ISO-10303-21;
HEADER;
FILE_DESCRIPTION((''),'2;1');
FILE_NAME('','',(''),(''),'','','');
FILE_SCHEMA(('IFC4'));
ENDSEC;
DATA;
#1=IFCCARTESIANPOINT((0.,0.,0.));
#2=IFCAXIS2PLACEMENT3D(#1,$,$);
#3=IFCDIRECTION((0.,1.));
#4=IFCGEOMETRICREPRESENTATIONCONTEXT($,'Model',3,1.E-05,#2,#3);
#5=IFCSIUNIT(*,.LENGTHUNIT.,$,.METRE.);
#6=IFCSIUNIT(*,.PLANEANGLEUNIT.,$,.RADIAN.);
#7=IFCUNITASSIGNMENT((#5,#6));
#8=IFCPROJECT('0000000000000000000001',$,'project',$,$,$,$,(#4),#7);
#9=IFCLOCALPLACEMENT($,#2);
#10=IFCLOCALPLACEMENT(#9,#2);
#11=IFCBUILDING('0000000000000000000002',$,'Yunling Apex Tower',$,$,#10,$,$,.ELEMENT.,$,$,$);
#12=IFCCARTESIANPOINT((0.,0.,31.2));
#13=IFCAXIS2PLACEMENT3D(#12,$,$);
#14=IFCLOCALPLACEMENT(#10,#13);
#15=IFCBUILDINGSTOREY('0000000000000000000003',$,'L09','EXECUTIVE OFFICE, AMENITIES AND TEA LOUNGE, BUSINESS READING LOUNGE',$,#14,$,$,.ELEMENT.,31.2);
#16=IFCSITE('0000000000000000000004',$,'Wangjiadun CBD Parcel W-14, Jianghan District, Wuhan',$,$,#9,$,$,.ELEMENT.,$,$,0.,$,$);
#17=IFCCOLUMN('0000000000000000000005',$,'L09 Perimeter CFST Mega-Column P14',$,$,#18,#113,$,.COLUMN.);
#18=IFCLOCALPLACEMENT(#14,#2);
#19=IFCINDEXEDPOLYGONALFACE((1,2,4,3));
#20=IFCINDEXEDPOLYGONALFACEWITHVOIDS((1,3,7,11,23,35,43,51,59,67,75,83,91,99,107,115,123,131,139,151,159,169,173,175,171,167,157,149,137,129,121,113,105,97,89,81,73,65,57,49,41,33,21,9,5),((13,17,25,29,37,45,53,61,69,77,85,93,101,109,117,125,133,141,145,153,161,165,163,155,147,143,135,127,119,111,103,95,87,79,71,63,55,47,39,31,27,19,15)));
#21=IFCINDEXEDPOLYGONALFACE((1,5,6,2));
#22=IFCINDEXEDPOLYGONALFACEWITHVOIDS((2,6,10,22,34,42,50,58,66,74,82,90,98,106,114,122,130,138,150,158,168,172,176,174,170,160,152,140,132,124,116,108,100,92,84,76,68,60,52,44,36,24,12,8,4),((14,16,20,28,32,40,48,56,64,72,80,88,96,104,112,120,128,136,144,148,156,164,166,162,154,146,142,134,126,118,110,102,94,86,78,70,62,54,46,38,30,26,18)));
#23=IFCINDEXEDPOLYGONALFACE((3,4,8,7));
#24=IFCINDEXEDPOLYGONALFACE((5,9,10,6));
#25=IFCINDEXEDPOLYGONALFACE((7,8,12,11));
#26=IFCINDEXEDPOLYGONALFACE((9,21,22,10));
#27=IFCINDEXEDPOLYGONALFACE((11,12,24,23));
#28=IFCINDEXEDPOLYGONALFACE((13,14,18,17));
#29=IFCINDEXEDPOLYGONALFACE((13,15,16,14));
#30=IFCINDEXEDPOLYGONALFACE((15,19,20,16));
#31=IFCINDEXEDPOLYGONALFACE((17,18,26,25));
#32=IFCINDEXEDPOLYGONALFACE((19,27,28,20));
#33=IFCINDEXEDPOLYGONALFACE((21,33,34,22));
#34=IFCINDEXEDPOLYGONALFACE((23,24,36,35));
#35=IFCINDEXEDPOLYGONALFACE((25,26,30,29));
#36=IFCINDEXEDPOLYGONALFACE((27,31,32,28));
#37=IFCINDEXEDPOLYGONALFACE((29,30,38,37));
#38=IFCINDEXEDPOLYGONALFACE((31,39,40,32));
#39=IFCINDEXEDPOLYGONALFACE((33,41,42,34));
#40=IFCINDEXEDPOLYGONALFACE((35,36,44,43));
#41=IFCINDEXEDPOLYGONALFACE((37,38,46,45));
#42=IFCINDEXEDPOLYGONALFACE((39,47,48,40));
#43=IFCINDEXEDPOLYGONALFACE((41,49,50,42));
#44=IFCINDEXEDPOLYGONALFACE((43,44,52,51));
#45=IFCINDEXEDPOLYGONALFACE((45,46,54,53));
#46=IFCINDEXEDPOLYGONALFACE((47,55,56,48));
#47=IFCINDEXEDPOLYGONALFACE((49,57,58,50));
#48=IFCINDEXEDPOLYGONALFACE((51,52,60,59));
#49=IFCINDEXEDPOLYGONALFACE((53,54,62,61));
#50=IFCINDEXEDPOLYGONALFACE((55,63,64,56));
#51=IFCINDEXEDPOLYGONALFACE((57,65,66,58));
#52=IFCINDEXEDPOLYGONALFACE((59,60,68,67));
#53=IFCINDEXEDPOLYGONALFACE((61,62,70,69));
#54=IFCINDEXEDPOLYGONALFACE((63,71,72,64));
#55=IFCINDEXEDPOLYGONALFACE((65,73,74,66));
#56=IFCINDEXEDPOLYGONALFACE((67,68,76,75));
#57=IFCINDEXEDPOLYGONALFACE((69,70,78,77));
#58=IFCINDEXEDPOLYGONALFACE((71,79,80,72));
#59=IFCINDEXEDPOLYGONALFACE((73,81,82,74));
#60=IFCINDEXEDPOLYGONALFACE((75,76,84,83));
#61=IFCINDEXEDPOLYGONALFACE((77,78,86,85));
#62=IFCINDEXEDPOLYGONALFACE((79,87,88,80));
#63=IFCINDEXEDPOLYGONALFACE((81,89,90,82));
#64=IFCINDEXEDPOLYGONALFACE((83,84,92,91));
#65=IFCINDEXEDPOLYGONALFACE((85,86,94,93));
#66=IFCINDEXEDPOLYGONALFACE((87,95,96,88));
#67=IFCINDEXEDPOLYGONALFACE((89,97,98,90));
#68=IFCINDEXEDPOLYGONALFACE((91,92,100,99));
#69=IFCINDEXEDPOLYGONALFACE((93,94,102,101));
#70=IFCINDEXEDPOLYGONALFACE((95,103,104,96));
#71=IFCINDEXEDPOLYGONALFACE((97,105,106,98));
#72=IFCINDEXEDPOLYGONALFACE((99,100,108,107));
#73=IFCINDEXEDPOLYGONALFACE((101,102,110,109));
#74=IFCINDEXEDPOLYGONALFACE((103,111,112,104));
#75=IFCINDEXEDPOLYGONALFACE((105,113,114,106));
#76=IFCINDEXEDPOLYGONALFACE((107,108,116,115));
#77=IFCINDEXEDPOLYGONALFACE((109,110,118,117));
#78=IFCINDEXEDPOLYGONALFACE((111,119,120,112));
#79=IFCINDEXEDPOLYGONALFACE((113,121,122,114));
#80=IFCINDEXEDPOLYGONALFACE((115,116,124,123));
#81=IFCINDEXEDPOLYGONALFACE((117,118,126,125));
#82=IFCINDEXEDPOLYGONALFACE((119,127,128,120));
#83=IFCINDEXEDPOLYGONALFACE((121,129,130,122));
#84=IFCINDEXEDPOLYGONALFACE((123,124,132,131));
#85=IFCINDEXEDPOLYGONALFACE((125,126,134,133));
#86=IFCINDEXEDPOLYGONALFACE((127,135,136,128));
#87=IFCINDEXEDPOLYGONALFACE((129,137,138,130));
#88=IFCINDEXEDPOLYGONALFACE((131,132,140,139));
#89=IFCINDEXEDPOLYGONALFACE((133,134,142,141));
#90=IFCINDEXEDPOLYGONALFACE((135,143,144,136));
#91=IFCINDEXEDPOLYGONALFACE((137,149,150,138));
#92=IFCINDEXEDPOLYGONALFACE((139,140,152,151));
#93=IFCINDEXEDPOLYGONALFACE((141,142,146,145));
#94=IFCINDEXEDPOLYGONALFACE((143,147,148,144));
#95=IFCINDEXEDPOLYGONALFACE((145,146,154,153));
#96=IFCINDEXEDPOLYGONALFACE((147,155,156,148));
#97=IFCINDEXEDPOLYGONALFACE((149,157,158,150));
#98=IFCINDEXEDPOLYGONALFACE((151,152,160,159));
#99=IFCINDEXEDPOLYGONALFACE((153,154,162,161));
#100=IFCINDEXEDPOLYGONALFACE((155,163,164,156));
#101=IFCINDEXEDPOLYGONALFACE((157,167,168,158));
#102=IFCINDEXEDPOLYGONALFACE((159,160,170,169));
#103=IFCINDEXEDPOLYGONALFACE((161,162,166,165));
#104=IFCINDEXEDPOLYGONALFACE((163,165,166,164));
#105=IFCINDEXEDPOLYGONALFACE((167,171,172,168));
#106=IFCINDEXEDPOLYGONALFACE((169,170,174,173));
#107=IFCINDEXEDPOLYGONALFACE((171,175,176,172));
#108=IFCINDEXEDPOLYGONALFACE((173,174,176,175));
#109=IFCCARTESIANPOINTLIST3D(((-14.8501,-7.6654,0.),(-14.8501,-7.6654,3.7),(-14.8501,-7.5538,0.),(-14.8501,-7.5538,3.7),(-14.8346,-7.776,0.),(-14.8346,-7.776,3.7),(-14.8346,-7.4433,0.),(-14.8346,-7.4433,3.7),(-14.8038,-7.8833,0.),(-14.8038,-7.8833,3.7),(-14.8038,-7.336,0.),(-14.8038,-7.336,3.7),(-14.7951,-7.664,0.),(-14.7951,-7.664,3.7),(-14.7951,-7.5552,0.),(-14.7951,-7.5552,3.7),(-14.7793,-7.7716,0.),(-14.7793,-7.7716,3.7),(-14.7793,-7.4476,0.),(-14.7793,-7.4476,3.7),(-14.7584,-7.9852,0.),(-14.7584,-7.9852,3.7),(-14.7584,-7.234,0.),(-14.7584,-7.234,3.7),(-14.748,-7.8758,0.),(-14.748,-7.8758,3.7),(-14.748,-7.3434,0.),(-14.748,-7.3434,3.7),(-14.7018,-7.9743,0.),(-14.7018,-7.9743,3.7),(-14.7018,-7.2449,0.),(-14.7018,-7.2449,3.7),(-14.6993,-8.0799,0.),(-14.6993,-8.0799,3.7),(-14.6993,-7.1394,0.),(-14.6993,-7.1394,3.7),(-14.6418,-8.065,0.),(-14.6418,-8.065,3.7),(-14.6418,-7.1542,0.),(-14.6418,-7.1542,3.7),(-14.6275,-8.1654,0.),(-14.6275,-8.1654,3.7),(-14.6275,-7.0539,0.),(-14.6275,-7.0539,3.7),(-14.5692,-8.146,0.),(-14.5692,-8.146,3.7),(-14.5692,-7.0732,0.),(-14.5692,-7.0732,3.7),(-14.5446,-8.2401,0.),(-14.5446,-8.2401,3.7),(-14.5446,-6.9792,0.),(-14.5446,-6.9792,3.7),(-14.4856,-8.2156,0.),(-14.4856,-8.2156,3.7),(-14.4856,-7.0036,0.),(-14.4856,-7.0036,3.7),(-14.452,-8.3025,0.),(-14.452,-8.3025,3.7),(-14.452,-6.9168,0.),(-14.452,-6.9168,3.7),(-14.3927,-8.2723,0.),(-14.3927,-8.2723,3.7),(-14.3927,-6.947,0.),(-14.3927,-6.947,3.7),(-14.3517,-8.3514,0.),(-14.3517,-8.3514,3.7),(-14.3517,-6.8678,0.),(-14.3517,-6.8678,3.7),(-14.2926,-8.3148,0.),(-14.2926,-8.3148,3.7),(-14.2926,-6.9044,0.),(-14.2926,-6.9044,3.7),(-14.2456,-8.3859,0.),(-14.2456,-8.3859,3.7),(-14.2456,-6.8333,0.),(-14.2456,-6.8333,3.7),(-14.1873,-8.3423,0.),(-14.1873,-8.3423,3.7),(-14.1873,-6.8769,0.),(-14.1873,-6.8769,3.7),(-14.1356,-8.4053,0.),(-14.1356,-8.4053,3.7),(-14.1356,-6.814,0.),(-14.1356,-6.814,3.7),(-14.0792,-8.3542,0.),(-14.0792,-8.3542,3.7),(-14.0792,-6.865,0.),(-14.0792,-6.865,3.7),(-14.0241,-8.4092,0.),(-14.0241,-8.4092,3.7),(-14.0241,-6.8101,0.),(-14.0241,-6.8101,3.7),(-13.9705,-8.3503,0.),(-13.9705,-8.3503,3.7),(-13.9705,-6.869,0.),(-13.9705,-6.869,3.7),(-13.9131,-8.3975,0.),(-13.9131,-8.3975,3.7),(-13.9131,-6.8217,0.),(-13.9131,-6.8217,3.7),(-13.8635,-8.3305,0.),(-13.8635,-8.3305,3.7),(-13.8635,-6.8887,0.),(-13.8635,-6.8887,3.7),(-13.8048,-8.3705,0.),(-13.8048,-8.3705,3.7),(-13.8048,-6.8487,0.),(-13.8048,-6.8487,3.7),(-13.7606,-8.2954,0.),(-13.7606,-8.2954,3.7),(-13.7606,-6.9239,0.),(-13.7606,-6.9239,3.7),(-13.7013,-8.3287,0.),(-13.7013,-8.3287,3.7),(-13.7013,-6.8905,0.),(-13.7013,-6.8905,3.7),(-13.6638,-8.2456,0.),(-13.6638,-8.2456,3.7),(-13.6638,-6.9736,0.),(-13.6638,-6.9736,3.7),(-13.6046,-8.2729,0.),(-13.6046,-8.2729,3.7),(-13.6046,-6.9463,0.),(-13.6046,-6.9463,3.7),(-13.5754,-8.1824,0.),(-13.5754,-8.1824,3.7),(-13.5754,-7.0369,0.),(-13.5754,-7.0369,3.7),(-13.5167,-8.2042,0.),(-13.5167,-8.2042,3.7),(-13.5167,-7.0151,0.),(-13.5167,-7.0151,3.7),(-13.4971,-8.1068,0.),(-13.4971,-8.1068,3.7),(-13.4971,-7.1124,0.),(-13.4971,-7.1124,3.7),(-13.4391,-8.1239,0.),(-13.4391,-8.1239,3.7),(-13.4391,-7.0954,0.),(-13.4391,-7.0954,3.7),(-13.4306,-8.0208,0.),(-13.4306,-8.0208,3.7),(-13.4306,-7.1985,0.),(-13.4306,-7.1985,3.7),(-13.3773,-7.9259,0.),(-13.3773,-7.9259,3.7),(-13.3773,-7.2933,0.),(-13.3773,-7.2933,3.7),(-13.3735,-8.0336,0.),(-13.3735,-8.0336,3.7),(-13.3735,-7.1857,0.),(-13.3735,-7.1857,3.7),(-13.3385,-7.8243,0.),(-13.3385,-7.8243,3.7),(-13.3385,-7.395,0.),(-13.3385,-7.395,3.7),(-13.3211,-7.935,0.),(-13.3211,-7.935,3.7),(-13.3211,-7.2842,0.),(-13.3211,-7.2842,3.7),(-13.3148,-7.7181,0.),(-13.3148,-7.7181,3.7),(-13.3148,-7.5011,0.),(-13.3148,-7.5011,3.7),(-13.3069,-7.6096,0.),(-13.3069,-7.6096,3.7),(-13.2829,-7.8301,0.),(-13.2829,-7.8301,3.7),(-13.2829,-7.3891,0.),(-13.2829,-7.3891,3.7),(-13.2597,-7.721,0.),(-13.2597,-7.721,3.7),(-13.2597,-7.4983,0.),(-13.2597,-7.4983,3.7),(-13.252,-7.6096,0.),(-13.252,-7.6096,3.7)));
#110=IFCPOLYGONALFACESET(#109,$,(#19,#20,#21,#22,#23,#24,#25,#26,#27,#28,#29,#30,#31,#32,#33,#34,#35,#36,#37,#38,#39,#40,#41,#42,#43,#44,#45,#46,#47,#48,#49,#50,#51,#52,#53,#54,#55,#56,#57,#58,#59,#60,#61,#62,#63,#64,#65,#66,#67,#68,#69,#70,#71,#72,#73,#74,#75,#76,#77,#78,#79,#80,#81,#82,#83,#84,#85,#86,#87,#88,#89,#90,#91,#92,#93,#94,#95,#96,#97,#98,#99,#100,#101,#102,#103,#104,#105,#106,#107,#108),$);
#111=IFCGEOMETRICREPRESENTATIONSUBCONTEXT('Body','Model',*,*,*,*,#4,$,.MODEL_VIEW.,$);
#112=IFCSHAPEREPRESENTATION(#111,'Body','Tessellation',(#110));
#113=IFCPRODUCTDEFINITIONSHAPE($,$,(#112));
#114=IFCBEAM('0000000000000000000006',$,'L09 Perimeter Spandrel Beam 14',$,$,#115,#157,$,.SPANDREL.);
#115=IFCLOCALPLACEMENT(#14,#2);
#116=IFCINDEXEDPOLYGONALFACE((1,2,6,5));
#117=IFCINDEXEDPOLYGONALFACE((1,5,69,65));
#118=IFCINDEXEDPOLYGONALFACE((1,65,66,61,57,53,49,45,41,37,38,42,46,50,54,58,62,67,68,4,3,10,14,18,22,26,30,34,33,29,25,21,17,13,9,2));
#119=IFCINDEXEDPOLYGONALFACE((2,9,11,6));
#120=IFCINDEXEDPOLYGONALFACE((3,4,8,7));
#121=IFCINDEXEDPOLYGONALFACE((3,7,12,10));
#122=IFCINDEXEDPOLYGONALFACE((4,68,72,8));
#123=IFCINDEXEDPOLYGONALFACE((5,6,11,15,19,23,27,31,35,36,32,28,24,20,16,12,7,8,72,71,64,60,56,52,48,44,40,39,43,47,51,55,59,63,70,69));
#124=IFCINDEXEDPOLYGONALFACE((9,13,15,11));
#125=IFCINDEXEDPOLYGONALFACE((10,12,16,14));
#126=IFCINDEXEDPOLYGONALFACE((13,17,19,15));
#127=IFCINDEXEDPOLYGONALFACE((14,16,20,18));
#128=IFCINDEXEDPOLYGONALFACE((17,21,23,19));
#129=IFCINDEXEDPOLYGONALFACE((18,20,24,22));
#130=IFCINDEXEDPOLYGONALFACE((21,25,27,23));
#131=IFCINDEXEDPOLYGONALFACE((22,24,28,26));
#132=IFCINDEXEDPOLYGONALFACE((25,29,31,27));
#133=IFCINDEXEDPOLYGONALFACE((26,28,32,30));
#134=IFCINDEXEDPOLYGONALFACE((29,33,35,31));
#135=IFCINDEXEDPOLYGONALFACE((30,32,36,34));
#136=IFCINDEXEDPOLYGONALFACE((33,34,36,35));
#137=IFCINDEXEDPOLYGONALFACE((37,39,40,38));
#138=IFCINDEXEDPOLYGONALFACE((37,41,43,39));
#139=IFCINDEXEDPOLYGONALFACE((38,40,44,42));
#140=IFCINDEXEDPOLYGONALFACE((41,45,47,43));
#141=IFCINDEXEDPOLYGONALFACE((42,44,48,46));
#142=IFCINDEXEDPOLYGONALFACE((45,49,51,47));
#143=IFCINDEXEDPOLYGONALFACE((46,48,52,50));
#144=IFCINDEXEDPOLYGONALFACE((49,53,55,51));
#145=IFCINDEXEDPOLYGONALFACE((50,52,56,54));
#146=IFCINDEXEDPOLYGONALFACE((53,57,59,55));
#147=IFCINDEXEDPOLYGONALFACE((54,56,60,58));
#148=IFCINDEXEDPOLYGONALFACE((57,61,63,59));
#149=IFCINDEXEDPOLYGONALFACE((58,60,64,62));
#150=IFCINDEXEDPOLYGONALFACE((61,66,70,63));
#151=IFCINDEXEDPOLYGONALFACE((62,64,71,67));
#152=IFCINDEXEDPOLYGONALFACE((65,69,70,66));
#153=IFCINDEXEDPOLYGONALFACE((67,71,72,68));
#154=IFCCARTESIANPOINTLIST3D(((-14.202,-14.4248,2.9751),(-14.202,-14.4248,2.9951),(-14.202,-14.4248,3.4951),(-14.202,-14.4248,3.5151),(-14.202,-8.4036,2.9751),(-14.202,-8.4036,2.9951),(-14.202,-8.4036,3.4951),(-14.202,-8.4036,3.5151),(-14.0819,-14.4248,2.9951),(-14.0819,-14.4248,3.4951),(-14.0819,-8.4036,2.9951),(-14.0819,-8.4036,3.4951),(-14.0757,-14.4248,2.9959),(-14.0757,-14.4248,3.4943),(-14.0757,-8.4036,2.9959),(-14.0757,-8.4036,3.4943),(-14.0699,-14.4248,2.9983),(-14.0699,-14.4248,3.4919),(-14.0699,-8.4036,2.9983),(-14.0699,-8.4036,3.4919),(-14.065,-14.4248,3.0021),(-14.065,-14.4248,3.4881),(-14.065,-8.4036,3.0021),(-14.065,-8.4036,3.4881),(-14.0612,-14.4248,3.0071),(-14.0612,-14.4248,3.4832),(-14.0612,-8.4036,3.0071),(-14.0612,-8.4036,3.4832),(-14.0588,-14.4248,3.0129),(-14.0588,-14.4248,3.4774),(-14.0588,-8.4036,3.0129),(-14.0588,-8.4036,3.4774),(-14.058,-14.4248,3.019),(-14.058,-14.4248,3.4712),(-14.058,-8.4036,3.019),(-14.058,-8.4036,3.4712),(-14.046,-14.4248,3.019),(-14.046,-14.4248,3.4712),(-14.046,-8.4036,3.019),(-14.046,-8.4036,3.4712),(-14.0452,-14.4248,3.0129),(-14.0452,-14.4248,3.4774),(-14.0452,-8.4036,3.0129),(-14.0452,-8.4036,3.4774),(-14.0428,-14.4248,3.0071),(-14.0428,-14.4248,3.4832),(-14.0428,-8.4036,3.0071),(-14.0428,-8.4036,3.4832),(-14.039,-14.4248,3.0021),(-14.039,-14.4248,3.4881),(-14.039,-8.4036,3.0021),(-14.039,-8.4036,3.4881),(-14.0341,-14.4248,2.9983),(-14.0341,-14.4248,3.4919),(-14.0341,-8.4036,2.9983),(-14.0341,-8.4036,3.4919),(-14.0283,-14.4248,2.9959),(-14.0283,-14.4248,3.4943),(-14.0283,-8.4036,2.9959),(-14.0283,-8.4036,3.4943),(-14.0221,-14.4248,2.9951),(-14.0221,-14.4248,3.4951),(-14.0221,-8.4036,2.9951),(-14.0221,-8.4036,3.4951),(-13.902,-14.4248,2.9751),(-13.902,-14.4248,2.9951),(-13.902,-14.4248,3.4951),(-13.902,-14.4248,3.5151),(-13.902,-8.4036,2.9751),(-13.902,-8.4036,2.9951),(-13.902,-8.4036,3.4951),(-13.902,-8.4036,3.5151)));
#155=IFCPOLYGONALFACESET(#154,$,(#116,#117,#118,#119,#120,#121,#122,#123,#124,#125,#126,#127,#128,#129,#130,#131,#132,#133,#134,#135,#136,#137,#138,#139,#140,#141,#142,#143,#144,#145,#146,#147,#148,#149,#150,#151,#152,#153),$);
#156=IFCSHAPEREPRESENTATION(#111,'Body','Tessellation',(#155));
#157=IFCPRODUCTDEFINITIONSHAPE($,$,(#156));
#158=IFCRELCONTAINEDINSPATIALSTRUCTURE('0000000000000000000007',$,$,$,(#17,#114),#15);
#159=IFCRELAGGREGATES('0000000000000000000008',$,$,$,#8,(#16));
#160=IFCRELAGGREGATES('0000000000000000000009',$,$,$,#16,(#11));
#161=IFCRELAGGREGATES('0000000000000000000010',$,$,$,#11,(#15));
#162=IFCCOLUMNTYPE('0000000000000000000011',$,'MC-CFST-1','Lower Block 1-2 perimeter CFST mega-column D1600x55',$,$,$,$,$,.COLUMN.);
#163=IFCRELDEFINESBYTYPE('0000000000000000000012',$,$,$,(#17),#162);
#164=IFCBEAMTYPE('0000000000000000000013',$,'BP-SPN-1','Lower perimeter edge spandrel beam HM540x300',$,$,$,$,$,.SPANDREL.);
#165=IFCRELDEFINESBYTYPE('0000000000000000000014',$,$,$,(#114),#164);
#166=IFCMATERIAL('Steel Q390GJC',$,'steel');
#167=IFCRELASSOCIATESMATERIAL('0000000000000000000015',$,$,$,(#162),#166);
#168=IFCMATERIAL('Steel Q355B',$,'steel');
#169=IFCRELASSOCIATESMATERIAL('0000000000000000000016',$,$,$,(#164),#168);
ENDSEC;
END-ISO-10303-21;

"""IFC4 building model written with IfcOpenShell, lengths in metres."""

from ifc_helpers import new_model, si_unit, direction, frame, origin, origin_2d, place, context, subcontext, project, spatial, hollow_circle, i_section, extrude, source, transform, mapped, material, material_profile, profile_set, type_object, element, save


model = new_model("IFC4")

# Units and contexts
model_context = context("Model", 3, precision=1e-05, world=origin(), true_north=direction((0.0, 1.0)))
body_context = subcontext(model_context, "Body", "Model", "MODEL_VIEW")
ifc_project = project(units=[si_unit("LENGTHUNIT", "METRE"), si_unit("PLANEANGLEUNIT", "RADIAN")], contexts=[model_context])

# Site, building, storey
site_placement = place(None, origin())
site = spatial("IfcSite", under=ifc_project, at=site_placement, Name="Wangjiadun CBD Parcel W-14, Jianghan District, Wuhan", CompositionType="ELEMENT", RefElevation=0.0)
building_placement = place(site_placement, origin())
building = spatial("IfcBuilding", under=site, at=building_placement, Name="Yunling Apex Tower", CompositionType="ELEMENT")
storey_placement = place(building_placement, frame((0.0, 0.0, 31.2)))
storey = spatial("IfcBuildingStorey", under=building, at=storey_placement, Name="L09", Description="EXECUTIVE OFFICE, AMENITIES AND TEA LOUNGE, BUSINESS READING LOUNGE", CompositionType="ELEMENT", Elevation=31.2)

# Column
ifc_material_1 = material(Name="Steel Q390GJC", Category="steel")
ifc_material_profile_1 = material_profile(ifc_material_1, hollow_circle(Radius=0.8, WallThickness=0.0549, at=origin_2d()))
ifc_profile_set_1 = profile_set([ifc_material_profile_1], Name="Steel Q390GJC")
column_type = type_object("IfcColumnType", Name="MC-CFST-1", Description="Lower Block 1-2 perimeter CFST mega-column D1600x55", PredefinedType="COLUMN", material=ifc_profile_set_1)
shared_shape_1 = source(origin(), body_context, "Body", "SweptSolid", [
    extrude(hollow_circle(Radius=0.8, WallThickness=0.0549, at=origin_2d()), origin(), (0.0, 0.0, 1.0), 3.7),
])
column_placement = place(storey_placement, frame((-14.052, -7.6096, 0.0), z_axis=(0.0, 0.0, 1.0), x_axis=(1.0, 0.0, 0.0)))
element("IfcColumn", 1, at=column_placement, inside=storey, type_object=column_type, Name="L09 Perimeter CFST Mega-Column P14", PredefinedType="COLUMN", context=body_context, shape_type="MappedRepresentation", body=[
    mapped(shared_shape_1, transform((0.0, 0.0, 0.0), scale=1.0)),
])

# Beam
ifc_material_2 = material(Name="Steel Q355B", Category="steel")
ifc_material_profile_2 = material_profile(ifc_material_2, i_section(OverallWidth=0.3, OverallDepth=0.54, WebThickness=0.012, FlangeThickness=0.02, FilletRadius=0.0239, at=origin_2d()))
ifc_profile_set_2 = profile_set([ifc_material_profile_2], Name="Steel Q355B")
beam_type_1 = type_object("IfcBeamType", Name="BP-SPN-1", Description="Lower perimeter edge spandrel beam HM540x300", PredefinedType="SPANDREL", material=ifc_profile_set_2)
shared_shape_2 = source(origin(), body_context, "Body", "SweptSolid", [
    extrude(i_section(OverallWidth=0.3, OverallDepth=0.54, WebThickness=0.012, FlangeThickness=0.02, FilletRadius=0.0239, at=origin_2d()), origin(), (0.0, 0.0, 1.0), 6.0212),
])
beam_1_placement = place(storey_placement, frame((-14.052, -8.4036, 3.2451), z_axis=(0.0, -1.0, 0.0), x_axis=(1.0, 0.0, 0.0)))
element("IfcBeam", 2, at=beam_1_placement, inside=storey, type_object=beam_type_1, Name="L09 Perimeter Spandrel Beam 14", PredefinedType="SPANDREL", context=body_context, shape_type="MappedRepresentation", body=[
    mapped(shared_shape_2, transform((0.0, 0.0, 0.0), scale=1.0)),
])

save(model, "model.ifc")
